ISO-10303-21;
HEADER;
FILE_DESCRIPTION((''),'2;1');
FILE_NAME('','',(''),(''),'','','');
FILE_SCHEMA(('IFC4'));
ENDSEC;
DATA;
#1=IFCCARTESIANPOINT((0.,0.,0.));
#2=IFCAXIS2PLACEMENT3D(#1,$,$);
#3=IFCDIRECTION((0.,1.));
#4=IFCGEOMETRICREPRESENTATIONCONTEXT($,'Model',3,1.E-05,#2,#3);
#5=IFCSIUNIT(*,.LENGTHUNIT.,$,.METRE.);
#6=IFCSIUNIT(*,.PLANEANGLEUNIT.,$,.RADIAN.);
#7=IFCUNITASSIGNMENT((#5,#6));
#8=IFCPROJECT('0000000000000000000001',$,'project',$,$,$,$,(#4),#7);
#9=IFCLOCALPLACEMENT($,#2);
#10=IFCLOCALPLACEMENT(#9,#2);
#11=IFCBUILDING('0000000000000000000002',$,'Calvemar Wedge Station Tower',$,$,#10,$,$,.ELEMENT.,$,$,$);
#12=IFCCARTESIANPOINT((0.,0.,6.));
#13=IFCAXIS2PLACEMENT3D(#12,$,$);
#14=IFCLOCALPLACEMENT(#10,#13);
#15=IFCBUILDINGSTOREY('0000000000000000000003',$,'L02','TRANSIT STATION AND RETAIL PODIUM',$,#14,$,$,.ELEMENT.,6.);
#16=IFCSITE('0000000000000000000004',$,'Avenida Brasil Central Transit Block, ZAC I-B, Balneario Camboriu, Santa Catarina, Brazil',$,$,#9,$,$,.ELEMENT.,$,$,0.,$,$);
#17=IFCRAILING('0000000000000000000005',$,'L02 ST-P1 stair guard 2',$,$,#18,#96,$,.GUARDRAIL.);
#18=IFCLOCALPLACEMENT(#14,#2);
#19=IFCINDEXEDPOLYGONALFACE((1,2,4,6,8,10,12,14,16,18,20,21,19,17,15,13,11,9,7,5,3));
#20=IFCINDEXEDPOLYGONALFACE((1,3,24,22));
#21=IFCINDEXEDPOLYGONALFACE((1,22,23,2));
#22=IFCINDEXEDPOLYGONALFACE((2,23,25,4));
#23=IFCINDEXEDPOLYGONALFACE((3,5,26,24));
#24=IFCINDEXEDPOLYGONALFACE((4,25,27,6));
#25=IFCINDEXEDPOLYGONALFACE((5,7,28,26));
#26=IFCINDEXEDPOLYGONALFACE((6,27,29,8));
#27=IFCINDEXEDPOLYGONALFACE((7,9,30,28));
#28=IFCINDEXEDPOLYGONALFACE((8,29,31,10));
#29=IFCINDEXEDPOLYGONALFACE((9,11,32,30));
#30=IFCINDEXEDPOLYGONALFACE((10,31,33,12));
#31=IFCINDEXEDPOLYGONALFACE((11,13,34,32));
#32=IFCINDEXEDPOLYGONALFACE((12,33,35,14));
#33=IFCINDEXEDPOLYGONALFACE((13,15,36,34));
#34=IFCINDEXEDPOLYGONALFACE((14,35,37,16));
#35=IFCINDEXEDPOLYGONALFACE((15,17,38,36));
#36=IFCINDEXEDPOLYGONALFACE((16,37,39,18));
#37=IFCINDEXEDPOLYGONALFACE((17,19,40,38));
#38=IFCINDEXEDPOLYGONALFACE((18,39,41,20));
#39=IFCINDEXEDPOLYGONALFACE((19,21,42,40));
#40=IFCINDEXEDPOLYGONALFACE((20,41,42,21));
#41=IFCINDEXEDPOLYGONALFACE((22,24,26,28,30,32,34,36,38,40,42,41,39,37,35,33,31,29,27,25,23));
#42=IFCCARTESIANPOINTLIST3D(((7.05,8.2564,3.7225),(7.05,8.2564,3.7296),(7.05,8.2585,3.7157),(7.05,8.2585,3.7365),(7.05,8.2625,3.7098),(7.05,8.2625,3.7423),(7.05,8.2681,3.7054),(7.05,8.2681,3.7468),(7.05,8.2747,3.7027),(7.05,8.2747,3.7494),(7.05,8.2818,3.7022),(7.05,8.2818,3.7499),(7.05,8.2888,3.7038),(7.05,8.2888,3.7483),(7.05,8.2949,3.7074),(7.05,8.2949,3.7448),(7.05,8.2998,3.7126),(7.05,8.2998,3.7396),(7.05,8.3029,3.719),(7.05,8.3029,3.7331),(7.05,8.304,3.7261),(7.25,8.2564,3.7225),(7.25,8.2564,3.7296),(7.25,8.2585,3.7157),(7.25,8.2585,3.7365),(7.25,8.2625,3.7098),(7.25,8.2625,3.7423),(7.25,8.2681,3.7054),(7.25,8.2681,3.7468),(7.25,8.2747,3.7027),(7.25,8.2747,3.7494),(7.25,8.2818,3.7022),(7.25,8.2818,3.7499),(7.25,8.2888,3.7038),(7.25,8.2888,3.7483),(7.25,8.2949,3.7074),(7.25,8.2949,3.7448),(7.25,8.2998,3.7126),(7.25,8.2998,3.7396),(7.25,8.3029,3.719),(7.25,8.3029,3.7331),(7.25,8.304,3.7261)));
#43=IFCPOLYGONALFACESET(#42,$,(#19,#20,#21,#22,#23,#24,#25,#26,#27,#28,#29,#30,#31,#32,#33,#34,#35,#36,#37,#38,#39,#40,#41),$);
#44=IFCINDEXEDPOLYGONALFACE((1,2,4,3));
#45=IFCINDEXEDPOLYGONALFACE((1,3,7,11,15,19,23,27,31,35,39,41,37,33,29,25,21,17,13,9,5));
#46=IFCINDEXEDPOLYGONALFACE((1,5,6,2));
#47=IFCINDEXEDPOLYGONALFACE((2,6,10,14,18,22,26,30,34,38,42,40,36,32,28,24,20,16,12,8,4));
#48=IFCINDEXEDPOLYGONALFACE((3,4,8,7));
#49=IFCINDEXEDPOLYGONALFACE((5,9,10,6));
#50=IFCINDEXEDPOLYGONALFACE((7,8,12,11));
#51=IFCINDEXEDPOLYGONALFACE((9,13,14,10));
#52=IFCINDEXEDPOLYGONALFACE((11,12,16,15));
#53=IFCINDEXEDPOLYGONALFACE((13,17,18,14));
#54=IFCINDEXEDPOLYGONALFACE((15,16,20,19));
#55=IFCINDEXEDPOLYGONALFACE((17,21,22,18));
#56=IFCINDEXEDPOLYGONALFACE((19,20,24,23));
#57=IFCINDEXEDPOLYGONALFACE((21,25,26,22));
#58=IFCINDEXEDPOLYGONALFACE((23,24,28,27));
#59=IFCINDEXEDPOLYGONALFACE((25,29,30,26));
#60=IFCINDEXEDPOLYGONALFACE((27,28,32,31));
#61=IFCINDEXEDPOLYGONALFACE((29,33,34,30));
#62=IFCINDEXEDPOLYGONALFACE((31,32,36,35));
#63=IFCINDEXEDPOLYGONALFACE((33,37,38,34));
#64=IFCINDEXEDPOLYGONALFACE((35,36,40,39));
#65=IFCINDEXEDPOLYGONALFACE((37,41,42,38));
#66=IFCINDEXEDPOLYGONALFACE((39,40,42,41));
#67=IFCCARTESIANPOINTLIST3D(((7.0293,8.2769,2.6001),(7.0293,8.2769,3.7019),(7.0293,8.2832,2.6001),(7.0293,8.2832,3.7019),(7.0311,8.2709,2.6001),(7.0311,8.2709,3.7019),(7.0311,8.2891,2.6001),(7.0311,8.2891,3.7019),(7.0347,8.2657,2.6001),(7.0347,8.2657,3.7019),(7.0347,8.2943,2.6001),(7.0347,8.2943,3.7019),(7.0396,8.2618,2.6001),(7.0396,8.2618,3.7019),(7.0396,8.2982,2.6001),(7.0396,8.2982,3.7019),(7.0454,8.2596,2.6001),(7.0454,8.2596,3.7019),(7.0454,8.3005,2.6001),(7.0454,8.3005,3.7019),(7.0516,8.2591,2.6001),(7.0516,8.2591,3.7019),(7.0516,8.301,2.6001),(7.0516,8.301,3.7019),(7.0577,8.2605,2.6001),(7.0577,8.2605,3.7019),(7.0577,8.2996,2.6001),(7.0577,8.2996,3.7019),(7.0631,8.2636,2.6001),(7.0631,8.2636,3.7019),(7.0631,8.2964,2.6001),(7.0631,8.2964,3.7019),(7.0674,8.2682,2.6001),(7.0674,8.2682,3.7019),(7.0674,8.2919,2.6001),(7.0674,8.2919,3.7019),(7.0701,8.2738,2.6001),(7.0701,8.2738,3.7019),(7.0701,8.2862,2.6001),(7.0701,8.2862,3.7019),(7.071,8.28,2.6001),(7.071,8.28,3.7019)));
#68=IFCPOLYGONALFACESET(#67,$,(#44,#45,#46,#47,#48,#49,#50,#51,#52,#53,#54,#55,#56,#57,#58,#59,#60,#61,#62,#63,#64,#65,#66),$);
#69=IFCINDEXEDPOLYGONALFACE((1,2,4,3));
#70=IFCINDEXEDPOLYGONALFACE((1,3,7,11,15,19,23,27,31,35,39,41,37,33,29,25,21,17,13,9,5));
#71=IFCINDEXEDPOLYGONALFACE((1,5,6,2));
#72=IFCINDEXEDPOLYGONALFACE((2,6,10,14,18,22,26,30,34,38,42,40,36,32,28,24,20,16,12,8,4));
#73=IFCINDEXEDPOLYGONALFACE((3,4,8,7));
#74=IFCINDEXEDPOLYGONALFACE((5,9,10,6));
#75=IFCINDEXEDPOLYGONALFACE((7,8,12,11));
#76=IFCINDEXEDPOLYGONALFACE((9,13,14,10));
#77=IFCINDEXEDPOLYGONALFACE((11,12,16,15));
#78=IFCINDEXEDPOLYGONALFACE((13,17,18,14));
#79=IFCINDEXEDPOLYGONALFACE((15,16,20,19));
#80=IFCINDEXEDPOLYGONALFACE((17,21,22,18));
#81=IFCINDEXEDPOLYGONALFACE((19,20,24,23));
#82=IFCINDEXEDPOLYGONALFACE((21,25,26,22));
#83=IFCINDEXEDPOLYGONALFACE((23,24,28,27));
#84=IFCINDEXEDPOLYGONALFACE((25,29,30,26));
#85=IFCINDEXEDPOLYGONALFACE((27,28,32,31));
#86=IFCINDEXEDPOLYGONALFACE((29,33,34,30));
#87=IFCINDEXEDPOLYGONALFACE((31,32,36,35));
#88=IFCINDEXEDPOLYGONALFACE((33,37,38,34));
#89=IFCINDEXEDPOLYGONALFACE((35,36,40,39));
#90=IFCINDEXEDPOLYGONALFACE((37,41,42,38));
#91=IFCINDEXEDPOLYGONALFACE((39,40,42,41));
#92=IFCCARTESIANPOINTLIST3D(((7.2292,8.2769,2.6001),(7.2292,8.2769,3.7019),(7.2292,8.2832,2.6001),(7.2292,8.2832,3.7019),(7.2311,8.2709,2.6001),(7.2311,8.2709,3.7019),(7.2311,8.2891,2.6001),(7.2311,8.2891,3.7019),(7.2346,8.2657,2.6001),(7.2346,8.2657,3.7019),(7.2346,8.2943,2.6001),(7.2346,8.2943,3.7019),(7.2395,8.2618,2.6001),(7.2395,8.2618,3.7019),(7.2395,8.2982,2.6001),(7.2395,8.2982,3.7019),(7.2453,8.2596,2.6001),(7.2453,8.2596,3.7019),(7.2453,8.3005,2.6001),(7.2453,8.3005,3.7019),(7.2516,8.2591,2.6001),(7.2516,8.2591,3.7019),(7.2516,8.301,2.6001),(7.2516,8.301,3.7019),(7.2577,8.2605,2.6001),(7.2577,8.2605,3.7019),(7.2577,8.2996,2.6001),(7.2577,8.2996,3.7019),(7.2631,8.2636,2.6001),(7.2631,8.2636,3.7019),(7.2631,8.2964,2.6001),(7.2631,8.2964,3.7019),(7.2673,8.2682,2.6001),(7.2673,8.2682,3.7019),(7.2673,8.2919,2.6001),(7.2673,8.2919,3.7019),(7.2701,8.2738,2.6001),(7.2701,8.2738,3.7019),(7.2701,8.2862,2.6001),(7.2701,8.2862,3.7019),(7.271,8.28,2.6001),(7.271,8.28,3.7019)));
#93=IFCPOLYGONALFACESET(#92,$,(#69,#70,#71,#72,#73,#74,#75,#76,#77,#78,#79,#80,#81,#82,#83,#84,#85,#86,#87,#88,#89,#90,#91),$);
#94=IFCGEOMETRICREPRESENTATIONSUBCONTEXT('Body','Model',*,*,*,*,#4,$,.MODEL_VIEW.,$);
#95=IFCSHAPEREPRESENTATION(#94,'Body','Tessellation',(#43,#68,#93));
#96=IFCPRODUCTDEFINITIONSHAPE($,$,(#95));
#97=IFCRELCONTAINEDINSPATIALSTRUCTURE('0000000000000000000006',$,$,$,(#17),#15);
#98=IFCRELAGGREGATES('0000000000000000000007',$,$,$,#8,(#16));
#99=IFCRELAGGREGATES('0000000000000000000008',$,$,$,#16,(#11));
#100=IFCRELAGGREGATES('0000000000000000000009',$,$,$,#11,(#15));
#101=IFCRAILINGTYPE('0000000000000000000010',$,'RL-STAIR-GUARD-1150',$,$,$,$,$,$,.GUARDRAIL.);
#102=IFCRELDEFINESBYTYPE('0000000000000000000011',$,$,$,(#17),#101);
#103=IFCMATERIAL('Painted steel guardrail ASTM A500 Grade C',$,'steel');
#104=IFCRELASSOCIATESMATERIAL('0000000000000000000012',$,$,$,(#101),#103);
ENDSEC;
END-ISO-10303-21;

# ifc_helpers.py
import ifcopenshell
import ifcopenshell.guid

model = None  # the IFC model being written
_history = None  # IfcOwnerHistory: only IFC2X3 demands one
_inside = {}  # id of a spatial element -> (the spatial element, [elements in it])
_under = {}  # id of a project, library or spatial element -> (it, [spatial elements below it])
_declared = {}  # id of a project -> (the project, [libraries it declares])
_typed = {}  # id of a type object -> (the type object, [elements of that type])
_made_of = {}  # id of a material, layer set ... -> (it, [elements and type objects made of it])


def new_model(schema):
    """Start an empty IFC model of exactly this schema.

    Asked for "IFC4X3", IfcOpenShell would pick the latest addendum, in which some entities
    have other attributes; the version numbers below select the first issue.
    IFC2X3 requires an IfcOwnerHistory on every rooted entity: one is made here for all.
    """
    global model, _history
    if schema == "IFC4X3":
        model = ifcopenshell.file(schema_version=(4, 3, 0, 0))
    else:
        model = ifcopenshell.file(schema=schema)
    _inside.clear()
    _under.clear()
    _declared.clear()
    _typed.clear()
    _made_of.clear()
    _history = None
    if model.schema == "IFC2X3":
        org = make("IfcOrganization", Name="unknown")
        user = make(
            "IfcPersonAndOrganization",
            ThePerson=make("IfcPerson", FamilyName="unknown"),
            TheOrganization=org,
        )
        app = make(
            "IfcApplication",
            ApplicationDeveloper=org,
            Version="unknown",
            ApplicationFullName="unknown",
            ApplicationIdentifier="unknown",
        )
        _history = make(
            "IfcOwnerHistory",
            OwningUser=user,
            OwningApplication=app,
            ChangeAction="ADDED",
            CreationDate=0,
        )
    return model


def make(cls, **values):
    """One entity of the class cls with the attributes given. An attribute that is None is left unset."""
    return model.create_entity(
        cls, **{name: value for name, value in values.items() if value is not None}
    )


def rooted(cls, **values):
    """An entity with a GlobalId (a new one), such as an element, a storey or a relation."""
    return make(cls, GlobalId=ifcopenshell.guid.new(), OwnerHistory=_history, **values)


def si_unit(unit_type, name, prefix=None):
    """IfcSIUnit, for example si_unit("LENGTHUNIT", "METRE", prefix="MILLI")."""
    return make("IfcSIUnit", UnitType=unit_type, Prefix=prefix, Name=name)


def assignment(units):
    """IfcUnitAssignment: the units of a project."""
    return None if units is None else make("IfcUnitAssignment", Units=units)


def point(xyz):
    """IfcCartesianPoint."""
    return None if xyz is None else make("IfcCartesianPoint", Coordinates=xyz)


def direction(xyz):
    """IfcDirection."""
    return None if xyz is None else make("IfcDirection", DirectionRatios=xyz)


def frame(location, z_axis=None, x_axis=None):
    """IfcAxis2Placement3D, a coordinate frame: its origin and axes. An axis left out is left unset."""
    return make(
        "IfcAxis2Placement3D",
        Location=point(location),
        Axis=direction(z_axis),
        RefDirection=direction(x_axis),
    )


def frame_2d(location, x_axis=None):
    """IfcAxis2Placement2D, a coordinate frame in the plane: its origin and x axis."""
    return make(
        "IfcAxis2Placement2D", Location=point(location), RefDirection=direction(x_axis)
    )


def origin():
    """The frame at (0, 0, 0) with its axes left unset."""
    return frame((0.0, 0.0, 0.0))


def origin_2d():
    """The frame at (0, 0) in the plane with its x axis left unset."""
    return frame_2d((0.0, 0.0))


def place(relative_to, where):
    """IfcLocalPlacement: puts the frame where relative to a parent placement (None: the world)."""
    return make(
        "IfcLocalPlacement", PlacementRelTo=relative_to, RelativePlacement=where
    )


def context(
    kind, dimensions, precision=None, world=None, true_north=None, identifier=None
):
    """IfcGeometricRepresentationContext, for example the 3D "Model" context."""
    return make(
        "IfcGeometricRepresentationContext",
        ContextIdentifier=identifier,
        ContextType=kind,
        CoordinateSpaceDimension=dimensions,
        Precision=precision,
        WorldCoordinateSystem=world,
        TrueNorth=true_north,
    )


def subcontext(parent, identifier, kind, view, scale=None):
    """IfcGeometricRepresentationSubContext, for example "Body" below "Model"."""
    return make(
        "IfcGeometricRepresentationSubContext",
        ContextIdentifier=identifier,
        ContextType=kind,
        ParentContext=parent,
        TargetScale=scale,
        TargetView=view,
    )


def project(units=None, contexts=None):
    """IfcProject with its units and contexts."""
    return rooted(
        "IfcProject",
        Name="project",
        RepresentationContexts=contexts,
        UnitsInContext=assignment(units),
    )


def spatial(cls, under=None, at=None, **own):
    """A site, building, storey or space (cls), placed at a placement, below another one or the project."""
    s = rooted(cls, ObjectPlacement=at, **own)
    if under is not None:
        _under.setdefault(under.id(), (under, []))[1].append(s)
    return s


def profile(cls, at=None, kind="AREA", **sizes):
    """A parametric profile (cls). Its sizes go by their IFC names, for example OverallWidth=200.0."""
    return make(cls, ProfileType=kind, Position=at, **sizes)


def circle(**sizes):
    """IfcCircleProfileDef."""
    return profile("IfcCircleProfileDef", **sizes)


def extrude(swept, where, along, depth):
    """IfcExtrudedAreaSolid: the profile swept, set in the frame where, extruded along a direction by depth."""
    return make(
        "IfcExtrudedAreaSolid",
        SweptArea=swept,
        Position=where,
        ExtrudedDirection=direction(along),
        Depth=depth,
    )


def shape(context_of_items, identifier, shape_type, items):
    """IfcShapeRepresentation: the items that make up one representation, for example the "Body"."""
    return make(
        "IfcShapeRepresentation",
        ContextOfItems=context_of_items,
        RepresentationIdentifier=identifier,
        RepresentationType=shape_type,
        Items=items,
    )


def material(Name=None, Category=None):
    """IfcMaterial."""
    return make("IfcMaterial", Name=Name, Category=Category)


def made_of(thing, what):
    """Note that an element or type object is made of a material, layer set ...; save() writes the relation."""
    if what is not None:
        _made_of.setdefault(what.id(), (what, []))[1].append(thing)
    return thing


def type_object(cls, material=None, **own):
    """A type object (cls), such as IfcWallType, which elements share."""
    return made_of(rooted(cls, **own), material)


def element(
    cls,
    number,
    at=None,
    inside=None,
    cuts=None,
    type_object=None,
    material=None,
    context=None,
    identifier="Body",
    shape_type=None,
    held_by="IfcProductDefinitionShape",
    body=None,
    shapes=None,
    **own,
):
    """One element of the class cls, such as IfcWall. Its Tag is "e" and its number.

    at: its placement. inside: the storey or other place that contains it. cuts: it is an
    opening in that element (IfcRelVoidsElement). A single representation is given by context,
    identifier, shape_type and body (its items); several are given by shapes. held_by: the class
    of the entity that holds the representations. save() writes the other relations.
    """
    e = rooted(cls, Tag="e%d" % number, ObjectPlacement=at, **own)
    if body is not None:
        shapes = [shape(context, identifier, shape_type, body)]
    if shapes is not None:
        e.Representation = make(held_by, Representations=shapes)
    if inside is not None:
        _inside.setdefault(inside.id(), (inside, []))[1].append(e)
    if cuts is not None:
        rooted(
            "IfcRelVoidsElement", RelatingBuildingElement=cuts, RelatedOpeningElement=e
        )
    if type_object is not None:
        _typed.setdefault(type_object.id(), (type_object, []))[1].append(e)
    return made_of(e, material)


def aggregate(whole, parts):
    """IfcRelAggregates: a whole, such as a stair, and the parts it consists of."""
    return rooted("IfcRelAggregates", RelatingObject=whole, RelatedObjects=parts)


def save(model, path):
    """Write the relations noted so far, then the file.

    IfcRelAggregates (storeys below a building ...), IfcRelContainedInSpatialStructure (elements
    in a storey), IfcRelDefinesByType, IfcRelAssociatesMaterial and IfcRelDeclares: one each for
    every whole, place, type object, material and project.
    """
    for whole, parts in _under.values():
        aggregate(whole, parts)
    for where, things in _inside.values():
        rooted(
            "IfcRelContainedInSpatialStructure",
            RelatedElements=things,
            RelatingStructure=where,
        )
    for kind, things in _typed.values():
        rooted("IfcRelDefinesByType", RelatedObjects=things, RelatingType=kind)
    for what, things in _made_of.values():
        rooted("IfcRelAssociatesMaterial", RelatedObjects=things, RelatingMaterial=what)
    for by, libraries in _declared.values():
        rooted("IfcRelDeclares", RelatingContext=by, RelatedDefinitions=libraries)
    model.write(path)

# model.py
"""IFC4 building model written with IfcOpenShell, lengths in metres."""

from ifc_helpers import new_model, si_unit, direction, frame, origin, origin_2d, place, context, subcontext, project, spatial, circle, extrude, material, type_object, element, save


model = new_model("IFC4")

# Units and contexts
model_context = context("Model", 3, precision=1e-05, world=origin(), true_north=direction((0.0, 1.0)))
body_context = subcontext(model_context, "Body", "Model", "MODEL_VIEW")
ifc_project = project(units=[si_unit("LENGTHUNIT", "METRE"), si_unit("PLANEANGLEUNIT", "RADIAN")], contexts=[model_context])

# Site, building, storey
site_placement = place(None, origin())
site = spatial("IfcSite", under=ifc_project, at=site_placement, Name="Avenida Brasil Central Transit Block, ZAC I-B, Balneario Camboriu, Santa Catarina, Brazil", CompositionType="ELEMENT", RefElevation=0.0)
building_placement = place(site_placement, origin())
building = spatial("IfcBuilding", under=site, at=building_placement, Name="Calvemar Wedge Station Tower", CompositionType="ELEMENT")
storey_placement = place(building_placement, frame((0.0, 0.0, 6.0)))
storey = spatial("IfcBuildingStorey", under=building, at=storey_placement, Name="L02", Description="TRANSIT STATION AND RETAIL PODIUM", CompositionType="ELEMENT", Elevation=6.0)

# Railing
ifc_material_1 = material(Name="Painted steel guardrail ASTM A500 Grade C", Category="steel")
railing_type_1 = type_object("IfcRailingType", Name="RL-STAIR-GUARD-1150", PredefinedType="GUARDRAIL", material=ifc_material_1)
railing_1_placement = place(storey_placement, frame((7.05, 8.28, 2.6001)))
element("IfcRailing", 1, at=railing_1_placement, inside=storey, type_object=railing_type_1, Name="L02 ST-P1 stair guard 2", PredefinedType="GUARDRAIL", context=body_context, shape_type="SweptSolid", body=[
    extrude(circle(Radius=0.0239, at=origin_2d()), frame((0.0, 0.0, 1.126), z_axis=(1.0, 0.0, 0.0), x_axis=(0.0, 1.0, 0.0)), (0.0, 0.0, 1.0), 0.2),
    extrude(circle(Radius=0.021, at=origin_2d()), origin(), (0.0, 0.0, 1.0), 1.1018),
    extrude(circle(Radius=0.021, at=origin_2d()), frame((0.2, 0.0, 0.0)), (0.0, 0.0, 1.0), 1.1018),
])

save(model, "model.ifc")
